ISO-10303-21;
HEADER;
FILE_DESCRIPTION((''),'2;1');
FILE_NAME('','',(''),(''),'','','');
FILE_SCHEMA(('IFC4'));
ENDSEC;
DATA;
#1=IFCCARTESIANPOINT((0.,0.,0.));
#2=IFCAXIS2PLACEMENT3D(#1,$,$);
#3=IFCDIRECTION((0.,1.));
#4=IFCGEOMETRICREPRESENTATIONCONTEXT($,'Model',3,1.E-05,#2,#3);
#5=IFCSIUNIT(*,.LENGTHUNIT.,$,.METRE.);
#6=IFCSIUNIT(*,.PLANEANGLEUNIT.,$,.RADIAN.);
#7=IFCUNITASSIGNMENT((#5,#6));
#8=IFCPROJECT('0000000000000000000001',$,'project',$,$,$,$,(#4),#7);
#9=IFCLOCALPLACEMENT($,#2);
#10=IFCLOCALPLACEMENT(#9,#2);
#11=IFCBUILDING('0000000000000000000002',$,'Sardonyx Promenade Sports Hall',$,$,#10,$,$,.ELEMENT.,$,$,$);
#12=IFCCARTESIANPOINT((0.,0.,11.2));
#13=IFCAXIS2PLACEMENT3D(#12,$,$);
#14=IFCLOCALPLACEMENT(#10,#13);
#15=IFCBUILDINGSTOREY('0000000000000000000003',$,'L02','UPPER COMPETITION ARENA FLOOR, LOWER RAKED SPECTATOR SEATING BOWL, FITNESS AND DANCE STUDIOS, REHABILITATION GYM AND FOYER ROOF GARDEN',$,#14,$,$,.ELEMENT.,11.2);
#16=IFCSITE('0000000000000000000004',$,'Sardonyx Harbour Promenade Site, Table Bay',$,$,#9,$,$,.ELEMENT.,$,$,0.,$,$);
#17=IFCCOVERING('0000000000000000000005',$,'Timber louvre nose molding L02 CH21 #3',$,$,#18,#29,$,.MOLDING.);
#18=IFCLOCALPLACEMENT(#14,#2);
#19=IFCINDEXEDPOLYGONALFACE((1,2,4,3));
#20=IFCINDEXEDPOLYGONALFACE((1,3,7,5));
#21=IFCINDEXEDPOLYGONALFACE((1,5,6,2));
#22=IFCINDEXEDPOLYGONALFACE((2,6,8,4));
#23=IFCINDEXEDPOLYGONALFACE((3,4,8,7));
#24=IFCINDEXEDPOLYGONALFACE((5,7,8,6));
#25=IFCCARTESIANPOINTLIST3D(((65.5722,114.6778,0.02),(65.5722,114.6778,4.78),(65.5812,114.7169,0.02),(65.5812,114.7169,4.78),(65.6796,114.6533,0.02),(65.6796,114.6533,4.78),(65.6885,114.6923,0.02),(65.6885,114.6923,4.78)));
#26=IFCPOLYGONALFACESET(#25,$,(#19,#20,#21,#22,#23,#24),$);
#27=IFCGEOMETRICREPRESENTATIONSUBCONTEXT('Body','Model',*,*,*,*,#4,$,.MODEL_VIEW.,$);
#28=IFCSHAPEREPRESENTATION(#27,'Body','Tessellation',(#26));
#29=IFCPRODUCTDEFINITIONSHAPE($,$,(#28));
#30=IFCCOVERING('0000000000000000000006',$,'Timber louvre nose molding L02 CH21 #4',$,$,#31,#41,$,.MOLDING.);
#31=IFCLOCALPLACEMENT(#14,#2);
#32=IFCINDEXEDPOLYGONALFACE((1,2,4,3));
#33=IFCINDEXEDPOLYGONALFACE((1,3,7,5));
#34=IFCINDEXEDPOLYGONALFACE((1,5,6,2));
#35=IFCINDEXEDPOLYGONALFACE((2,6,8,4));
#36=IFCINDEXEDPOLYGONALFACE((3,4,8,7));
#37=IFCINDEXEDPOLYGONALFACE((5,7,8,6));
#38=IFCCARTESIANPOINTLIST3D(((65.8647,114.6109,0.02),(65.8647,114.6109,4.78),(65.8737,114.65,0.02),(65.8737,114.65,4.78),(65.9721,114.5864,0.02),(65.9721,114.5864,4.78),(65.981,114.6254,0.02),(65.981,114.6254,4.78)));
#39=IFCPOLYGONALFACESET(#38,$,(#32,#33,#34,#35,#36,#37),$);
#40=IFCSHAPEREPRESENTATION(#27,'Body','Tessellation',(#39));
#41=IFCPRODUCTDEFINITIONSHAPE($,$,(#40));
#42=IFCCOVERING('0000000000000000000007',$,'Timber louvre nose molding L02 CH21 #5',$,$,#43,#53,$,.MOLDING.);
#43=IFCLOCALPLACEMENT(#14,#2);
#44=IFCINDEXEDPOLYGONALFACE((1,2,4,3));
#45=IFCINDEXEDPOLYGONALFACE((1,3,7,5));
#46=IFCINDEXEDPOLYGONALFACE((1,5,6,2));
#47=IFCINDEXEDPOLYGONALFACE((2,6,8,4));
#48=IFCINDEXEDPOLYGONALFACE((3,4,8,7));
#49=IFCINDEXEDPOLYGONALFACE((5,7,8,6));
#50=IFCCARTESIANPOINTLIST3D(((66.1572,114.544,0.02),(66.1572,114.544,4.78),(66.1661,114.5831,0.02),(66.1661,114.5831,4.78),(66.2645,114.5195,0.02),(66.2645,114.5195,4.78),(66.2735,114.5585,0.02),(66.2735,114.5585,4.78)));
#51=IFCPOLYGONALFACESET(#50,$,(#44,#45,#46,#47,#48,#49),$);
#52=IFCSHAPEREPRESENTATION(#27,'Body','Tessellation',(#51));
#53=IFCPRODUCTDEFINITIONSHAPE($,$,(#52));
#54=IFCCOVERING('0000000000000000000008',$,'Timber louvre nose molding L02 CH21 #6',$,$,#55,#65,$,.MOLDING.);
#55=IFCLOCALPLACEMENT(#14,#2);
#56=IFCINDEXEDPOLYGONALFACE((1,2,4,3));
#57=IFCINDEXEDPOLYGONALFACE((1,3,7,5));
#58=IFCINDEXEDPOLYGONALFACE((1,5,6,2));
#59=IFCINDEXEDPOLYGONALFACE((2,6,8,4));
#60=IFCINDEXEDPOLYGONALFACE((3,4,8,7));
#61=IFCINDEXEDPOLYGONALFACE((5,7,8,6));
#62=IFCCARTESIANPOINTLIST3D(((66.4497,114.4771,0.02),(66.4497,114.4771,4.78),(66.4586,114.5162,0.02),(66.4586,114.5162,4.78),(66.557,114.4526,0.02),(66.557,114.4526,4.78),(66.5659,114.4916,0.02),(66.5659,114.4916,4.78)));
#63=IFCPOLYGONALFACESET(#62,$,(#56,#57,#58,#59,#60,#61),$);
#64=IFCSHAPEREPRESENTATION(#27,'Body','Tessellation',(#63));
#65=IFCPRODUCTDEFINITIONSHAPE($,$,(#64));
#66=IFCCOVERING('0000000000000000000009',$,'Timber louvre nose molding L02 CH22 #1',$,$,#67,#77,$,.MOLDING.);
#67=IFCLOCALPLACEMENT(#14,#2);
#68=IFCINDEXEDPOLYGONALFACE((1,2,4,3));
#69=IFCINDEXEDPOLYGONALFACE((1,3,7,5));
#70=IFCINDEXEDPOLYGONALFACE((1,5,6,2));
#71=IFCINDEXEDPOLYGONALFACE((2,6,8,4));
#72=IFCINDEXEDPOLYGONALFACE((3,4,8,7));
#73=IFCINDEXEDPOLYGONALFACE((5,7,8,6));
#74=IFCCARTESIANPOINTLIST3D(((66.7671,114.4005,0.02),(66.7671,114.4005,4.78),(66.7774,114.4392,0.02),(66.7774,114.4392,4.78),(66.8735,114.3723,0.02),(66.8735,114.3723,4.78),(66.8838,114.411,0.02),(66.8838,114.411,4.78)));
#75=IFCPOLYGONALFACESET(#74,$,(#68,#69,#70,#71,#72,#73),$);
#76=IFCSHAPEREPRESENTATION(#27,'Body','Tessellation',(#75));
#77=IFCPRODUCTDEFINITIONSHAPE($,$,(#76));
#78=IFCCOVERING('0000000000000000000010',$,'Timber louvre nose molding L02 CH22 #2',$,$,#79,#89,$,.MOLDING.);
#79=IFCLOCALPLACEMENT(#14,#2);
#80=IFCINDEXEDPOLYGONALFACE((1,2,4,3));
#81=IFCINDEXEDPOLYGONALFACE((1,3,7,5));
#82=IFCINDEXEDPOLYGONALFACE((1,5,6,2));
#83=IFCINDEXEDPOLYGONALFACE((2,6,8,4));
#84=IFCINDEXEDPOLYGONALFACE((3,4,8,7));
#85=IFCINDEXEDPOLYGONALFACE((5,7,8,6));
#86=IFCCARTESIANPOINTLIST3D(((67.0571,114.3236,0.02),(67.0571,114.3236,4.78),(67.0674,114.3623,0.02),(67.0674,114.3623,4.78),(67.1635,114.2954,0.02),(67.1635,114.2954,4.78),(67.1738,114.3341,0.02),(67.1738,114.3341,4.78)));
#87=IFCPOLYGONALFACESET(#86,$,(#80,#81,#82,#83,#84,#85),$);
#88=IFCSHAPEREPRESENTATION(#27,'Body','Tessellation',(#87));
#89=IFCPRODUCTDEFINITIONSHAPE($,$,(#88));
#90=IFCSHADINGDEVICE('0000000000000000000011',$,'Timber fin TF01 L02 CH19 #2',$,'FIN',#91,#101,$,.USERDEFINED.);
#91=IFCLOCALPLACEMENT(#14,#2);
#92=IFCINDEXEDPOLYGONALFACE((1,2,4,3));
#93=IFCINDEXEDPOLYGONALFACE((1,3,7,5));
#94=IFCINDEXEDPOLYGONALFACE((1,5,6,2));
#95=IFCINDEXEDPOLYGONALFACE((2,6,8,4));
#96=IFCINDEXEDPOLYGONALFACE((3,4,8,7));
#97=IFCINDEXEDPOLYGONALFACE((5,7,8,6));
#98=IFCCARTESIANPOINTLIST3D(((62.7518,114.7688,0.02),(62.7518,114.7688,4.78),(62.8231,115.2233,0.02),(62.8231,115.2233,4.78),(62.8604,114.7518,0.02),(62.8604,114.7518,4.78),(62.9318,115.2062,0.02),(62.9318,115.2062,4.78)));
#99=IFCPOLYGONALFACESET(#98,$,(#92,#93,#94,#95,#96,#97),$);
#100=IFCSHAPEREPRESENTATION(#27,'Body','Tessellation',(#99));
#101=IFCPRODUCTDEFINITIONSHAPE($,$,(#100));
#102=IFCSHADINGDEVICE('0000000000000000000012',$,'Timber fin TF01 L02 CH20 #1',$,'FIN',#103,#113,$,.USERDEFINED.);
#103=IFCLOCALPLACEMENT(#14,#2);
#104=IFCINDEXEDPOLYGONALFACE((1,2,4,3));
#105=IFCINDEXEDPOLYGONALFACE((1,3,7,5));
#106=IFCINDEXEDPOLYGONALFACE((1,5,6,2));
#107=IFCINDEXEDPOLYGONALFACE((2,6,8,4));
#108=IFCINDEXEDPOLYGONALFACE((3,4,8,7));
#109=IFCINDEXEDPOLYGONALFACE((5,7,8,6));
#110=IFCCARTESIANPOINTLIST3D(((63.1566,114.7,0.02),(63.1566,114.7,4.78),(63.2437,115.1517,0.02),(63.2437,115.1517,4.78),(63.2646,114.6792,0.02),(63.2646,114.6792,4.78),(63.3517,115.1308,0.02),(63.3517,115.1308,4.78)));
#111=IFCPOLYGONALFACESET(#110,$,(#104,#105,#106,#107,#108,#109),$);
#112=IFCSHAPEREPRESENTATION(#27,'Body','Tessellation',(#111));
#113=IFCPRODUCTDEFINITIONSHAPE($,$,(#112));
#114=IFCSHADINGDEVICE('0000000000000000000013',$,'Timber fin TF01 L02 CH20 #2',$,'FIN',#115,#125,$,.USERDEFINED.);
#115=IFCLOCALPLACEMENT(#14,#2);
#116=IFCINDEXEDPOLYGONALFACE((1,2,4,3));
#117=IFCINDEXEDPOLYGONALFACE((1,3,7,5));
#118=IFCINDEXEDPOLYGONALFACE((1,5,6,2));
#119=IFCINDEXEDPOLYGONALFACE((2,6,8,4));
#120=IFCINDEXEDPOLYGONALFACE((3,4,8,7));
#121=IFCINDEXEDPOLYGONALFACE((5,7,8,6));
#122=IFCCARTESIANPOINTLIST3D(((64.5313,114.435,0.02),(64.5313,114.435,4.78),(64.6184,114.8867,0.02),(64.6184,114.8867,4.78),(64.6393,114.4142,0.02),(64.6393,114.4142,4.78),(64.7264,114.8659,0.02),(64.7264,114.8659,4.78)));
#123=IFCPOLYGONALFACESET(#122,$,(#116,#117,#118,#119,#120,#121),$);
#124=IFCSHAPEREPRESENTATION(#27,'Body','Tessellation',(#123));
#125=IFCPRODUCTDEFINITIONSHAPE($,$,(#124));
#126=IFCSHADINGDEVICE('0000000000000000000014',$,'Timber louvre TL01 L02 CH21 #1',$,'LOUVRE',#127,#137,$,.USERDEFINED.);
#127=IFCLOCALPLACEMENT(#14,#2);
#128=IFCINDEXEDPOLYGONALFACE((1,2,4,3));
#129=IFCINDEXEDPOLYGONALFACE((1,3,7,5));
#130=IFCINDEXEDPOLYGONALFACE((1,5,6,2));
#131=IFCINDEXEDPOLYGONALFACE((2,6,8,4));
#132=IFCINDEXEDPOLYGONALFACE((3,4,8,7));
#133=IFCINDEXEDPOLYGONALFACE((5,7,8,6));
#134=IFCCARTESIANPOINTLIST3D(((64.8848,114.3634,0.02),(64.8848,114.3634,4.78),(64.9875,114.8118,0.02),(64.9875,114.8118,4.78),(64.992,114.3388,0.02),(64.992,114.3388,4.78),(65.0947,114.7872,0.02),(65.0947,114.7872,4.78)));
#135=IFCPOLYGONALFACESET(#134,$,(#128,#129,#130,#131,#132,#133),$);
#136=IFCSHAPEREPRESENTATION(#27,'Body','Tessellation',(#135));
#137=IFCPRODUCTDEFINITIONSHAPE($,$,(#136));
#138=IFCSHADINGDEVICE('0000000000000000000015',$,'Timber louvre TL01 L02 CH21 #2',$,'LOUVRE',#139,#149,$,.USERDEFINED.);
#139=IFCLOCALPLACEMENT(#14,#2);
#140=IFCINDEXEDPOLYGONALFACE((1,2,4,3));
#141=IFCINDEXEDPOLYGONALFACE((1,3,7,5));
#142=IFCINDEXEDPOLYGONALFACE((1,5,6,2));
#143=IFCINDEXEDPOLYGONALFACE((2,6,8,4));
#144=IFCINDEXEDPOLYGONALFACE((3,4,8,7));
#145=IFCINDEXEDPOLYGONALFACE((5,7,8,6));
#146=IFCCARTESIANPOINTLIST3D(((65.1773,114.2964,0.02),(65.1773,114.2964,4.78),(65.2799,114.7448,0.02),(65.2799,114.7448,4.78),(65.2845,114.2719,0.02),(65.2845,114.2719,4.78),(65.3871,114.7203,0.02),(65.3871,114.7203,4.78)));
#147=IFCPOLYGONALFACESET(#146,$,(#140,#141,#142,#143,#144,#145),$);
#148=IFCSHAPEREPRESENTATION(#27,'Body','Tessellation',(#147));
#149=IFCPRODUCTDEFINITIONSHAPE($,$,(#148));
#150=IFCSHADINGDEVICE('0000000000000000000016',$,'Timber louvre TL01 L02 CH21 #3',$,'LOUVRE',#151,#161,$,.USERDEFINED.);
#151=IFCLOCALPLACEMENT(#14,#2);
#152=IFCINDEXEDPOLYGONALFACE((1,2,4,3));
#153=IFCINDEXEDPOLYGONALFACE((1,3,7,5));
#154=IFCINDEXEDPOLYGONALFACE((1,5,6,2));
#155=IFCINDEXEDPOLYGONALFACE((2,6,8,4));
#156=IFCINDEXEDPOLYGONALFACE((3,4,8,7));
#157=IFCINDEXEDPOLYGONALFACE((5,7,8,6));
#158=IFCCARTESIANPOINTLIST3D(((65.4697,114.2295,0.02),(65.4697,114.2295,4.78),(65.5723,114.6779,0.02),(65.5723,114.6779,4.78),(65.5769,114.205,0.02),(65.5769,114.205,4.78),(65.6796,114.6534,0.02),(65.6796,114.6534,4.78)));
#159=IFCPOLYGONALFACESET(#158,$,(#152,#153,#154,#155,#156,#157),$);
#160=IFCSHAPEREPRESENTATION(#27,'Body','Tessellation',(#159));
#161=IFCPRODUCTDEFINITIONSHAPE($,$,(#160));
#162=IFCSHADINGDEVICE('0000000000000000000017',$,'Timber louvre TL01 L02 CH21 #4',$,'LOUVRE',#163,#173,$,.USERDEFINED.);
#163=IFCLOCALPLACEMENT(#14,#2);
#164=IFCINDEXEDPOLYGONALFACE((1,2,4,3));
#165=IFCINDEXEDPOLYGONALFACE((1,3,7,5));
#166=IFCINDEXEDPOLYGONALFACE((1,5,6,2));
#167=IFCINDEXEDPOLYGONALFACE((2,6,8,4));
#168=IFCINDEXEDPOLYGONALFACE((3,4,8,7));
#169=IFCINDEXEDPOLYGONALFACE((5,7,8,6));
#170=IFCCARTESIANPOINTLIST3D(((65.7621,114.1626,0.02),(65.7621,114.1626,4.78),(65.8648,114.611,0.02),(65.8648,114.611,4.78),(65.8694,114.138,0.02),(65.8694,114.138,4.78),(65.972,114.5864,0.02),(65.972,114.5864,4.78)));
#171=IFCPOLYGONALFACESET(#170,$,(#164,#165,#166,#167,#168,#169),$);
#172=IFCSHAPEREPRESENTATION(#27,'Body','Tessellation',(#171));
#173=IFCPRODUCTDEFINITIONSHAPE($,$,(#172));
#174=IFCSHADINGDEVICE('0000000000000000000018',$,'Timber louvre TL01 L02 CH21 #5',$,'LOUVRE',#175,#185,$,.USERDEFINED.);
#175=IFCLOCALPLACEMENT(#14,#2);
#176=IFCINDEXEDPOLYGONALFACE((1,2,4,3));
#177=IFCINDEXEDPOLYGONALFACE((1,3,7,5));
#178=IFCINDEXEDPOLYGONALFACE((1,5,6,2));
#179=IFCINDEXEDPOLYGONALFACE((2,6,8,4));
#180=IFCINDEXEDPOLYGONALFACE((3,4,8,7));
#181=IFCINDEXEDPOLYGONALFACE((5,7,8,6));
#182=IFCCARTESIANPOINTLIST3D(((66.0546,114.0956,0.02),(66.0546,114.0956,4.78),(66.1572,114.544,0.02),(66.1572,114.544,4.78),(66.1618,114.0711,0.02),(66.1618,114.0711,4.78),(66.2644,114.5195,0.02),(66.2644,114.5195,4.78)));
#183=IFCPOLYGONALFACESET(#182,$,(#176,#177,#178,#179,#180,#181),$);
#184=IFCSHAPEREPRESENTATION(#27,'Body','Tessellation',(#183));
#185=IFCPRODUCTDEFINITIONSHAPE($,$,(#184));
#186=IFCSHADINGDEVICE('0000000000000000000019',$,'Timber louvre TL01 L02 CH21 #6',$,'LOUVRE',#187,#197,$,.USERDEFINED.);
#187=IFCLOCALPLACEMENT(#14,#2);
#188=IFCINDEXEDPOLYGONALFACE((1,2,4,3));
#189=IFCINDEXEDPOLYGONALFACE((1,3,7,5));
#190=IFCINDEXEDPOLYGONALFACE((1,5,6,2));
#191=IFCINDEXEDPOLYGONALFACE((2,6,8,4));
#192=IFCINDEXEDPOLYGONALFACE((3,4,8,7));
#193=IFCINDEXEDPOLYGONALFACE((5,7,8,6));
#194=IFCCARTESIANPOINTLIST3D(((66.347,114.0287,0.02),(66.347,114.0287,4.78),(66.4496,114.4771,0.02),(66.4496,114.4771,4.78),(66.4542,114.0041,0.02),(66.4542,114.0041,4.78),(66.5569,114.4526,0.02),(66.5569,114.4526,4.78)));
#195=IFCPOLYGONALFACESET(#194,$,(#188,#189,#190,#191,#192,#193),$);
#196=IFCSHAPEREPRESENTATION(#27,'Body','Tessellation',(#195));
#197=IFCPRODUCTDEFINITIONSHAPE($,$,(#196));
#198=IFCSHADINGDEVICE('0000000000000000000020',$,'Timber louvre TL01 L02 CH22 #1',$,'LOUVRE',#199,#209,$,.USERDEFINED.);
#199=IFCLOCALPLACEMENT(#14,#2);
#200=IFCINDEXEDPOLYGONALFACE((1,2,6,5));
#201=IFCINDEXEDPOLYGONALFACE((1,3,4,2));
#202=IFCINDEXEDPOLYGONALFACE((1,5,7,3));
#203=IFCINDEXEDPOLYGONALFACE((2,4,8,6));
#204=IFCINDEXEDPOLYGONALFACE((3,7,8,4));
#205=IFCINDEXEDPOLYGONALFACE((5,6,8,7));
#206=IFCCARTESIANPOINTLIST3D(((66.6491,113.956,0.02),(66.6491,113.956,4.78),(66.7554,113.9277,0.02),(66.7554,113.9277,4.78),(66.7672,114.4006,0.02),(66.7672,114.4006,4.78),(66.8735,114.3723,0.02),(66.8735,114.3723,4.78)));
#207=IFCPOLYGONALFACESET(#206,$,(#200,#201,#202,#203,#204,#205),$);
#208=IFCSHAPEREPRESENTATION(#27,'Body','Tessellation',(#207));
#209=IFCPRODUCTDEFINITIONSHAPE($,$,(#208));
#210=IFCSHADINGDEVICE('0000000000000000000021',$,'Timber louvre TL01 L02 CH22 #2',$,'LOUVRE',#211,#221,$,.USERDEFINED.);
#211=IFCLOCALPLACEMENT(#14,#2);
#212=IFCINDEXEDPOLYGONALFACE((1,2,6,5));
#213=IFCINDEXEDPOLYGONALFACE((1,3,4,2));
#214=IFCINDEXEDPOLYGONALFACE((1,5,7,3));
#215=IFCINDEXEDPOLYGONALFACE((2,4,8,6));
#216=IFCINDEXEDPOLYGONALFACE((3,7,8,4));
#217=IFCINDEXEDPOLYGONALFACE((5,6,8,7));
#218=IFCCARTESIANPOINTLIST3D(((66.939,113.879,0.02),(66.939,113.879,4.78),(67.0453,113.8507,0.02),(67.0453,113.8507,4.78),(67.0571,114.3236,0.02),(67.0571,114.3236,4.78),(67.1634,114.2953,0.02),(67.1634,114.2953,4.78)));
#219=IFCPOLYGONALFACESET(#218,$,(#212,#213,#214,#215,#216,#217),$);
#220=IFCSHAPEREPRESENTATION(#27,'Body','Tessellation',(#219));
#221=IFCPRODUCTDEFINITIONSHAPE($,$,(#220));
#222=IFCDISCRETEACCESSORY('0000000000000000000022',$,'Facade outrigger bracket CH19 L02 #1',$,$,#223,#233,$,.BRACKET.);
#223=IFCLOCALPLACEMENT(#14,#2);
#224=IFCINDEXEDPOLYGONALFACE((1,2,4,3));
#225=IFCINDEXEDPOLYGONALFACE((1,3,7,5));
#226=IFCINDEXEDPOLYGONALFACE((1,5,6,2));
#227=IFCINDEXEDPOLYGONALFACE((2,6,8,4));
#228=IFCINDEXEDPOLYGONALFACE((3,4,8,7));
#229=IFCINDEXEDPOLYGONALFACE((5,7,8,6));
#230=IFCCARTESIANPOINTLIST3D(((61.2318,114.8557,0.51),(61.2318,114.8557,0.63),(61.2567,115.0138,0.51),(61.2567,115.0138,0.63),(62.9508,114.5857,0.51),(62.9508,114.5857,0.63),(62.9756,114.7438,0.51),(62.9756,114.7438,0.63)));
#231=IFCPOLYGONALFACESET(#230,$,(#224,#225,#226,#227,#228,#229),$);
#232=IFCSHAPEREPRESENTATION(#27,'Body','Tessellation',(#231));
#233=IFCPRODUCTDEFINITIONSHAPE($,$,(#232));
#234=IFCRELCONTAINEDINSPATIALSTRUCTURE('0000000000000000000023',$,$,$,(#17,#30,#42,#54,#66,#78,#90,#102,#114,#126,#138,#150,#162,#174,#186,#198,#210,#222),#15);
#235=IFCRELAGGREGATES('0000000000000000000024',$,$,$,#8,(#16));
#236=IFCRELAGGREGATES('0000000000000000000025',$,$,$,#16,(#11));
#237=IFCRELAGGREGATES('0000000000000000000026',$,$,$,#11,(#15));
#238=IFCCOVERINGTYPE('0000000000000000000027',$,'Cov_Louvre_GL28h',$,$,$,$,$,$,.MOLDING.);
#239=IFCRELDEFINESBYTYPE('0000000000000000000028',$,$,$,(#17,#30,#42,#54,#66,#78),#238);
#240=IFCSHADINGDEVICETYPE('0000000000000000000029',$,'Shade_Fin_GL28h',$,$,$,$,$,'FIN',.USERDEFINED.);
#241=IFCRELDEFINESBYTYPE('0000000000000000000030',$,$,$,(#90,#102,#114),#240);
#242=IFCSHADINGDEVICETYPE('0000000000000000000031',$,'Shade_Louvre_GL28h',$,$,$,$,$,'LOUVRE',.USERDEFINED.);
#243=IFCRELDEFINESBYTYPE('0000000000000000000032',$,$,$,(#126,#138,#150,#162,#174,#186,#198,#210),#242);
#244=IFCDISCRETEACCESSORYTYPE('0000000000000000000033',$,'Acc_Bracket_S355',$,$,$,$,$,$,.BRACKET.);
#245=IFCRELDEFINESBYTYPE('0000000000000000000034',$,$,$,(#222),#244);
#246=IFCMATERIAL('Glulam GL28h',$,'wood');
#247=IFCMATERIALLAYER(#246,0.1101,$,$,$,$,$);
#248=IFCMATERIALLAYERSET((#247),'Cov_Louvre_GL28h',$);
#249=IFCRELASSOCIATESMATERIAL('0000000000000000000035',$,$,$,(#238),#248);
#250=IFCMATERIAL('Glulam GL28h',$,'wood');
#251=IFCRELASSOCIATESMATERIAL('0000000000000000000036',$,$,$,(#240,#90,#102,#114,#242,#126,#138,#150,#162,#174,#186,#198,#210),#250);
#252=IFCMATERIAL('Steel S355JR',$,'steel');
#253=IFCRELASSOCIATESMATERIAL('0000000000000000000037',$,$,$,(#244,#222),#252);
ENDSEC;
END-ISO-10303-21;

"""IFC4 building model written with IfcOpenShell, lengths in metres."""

from ifc_helpers import new_model, si_unit, direction, frame, origin, origin_2d, place, context, subcontext, project, spatial, rectangle, extrude, material, layer, layer_set, type_object, element, save


model = new_model("IFC4")

# Units and contexts
model_context = context("Model", 3, precision=1e-05, world=origin(), true_north=direction((0.0, 1.0)))
body_context = subcontext(model_context, "Body", "Model", "MODEL_VIEW")
ifc_project = project(units=[si_unit("LENGTHUNIT", "METRE"), si_unit("PLANEANGLEUNIT", "RADIAN")], contexts=[model_context])

# Site, building, storey
site_placement = place(None, origin())
site = spatial("IfcSite", under=ifc_project, at=site_placement, Name="Sardonyx Harbour Promenade Site, Table Bay", CompositionType="ELEMENT", RefElevation=0.0)
building_placement = place(site_placement, origin())
building = spatial("IfcBuilding", under=site, at=building_placement, Name="Sardonyx Promenade Sports Hall", CompositionType="ELEMENT")
storey_placement = place(building_placement, frame((0.0, 0.0, 11.2)))
storey = spatial("IfcBuildingStorey", under=building, at=storey_placement, Name="L02", Description="UPPER COMPETITION ARENA FLOOR, LOWER RAKED SPECTATOR SEATING BOWL, FITNESS AND DANCE STUDIOS, REHABILITATION GYM AND FOYER ROOF GARDEN", CompositionType="ELEMENT", Elevation=11.2)

# Coverings
ifc_material_1 = material(Name="Glulam GL28h", Category="wood")
ifc_layer_1 = layer(ifc_material_1, 0.1101)
ifc_layer_set_1 = layer_set([ifc_layer_1], Name="Cov_Louvre_GL28h")
covering_type = type_object("IfcCoveringType", Name="Cov_Louvre_GL28h", PredefinedType="MOLDING", material=ifc_layer_set_1)
for number, where, z_axis, x_axis, name in (
    (1, (65.6304, 114.6851, 0.02), (0.0, 0.0, 1.0), (0.974792, -0.223117, 0.0), "Timber louvre nose molding L02 CH21 #3"),
    (2, (65.9229, 114.6182, 0.02), (0.0, 0.0, 1.0), (0.974792, -0.223117, 0.0), "Timber louvre nose molding L02 CH21 #4"),
    (3, (66.2153, 114.5513, 0.02), (0.0, 0.0, 1.0), (0.974792, -0.223117, 0.0), "Timber louvre nose molding L02 CH21 #5"),
    (4, (66.5078, 114.4844, 0.02), (0.0, 0.0, 1.0), (0.974792, -0.223117, 0.0), "Timber louvre nose molding L02 CH21 #6"),
    (5, (66.8254, 114.4058, 0.02), (0.0, 0.0, 1.0), (0.966485, -0.256721, 0.0), "Timber louvre nose molding L02 CH22 #1"),
    (6, (67.1155, 114.3289, 0.02), (0.0, 0.0, 1.0), (0.966485, -0.256721, 0.0), "Timber louvre nose molding L02 CH22 #2"),
):
    element("IfcCovering", number, at=place(storey_placement, frame(where, z_axis=z_axis, x_axis=x_axis)), inside=storey, type_object=covering_type, Name=name, PredefinedType="MOLDING", context=body_context, shape_type="SweptSolid", body=[
        extrude(rectangle(XDim=0.1101, YDim=0.04, at=origin_2d()), origin(), (0.0, 0.0, 1.0), 4.76),
    ])

# Shading devices
ifc_material_2 = material(Name="Glulam GL28h", Category="wood")
shading_device_type_1 = type_object("IfcShadingDeviceType", Name="Shade_Fin_GL28h", ElementType="FIN", PredefinedType="USERDEFINED", material=ifc_material_2)
for number, where, z_axis, x_axis, name in (
    (7, (62.8418, 114.9875, 0.02), (0.0, 0.0, 1.0), (0.987891, -0.155148, 0.0), "Timber fin TF01 L02 CH19 #2"),
    (8, (63.2542, 114.9154, 0.02), (0.0, 0.0, 1.0), (0.98193, -0.189246, 0.0), "Timber fin TF01 L02 CH20 #1"),
    (9, (64.6289, 114.6505, 0.02), (0.0, 0.0, 1.0), (0.98193, -0.189246, 0.0), "Timber fin TF01 L02 CH20 #2"),
):
    element("IfcShadingDevice", number, at=place(storey_placement, frame(where, z_axis=z_axis, x_axis=x_axis)), inside=storey, type_object=shading_device_type_1, material=ifc_material_2, Name=name, ObjectType="FIN", PredefinedType="USERDEFINED", context=body_context, shape_type="SweptSolid", body=[
        extrude(rectangle(XDim=0.11, YDim=0.46), origin(), (0.0, 0.0, 1.0), 4.76),
    ])
shading_device_type_2 = type_object("IfcShadingDeviceType", Name="Shade_Louvre_GL28h", ElementType="LOUVRE", PredefinedType="USERDEFINED", material=ifc_material_2)
for number, where, z_axis, x_axis, name in (
    (10, (64.9898, 114.5753, 0.02), (0.0, 0.0, 1.0), (0.974792, -0.223117, 0.0), "Timber louvre TL01 L02 CH21 #1"),
    (11, (65.2822, 114.5084, 0.02), (0.0, 0.0, 1.0), (0.974792, -0.223117, 0.0), "Timber louvre TL01 L02 CH21 #2"),
    (12, (65.5746, 114.4414, 0.02), (0.0, 0.0, 1.0), (0.974792, -0.223117, 0.0), "Timber louvre TL01 L02 CH21 #3"),
    (13, (65.8671, 114.3745, 0.02), (0.0, 0.0, 1.0), (0.974792, -0.223117, 0.0), "Timber louvre TL01 L02 CH21 #4"),
    (14, (66.1595, 114.3076, 0.02), (0.0, 0.0, 1.0), (0.974792, -0.223117, 0.0), "Timber louvre TL01 L02 CH21 #5"),
    (15, (66.4519, 114.2406, 0.02), (0.0, 0.0, 1.0), (0.974792, -0.223117, 0.0), "Timber louvre TL01 L02 CH21 #6"),
    (16, (66.7613, 114.1642, 0.02), (0.0, 0.0, 1.0), (0.966485, -0.256721, 0.0), "Timber louvre TL01 L02 CH22 #1"),
    (17, (67.0512, 114.0871, 0.02), (0.0, 0.0, 1.0), (0.966485, -0.256721, 0.0), "Timber louvre TL01 L02 CH22 #2"),
):
    element("IfcShadingDevice", number, at=place(storey_placement, frame(where, z_axis=z_axis, x_axis=x_axis)), inside=storey, type_object=shading_device_type_2, material=ifc_material_2, Name=name, ObjectType="LOUVRE", PredefinedType="USERDEFINED", context=body_context, shape_type="SweptSolid", body=[
        extrude(rectangle(XDim=0.11, YDim=0.46), origin(), (0.0, 0.0, 1.0), 4.76),
    ])

# Discrete accessory
ifc_material_3 = material(Name="Steel S355JR", Category="steel")
discrete_accessory_type = type_object("IfcDiscreteAccessoryType", Name="Acc_Bracket_S355", PredefinedType="BRACKET", material=ifc_material_3)
for number, where, z_axis, x_axis, name in (
    (18, (62.1037, 114.7997, 0.51), (0.0, 0.0, 1.0), (0.987891, -0.155148, 0.0), "Facade outrigger bracket CH19 L02 #1"),
):
    element("IfcDiscreteAccessory", number, at=place(storey_placement, frame(where, z_axis=z_axis, x_axis=x_axis)), inside=storey, type_object=discrete_accessory_type, material=ifc_material_3, Name=name, PredefinedType="BRACKET", context=body_context, shape_type="SweptSolid", body=[
        extrude(rectangle(XDim=1.74, YDim=0.16), origin(), (0.0, 0.0, 1.0), 0.12),
    ])

save(model, "model.ifc")
